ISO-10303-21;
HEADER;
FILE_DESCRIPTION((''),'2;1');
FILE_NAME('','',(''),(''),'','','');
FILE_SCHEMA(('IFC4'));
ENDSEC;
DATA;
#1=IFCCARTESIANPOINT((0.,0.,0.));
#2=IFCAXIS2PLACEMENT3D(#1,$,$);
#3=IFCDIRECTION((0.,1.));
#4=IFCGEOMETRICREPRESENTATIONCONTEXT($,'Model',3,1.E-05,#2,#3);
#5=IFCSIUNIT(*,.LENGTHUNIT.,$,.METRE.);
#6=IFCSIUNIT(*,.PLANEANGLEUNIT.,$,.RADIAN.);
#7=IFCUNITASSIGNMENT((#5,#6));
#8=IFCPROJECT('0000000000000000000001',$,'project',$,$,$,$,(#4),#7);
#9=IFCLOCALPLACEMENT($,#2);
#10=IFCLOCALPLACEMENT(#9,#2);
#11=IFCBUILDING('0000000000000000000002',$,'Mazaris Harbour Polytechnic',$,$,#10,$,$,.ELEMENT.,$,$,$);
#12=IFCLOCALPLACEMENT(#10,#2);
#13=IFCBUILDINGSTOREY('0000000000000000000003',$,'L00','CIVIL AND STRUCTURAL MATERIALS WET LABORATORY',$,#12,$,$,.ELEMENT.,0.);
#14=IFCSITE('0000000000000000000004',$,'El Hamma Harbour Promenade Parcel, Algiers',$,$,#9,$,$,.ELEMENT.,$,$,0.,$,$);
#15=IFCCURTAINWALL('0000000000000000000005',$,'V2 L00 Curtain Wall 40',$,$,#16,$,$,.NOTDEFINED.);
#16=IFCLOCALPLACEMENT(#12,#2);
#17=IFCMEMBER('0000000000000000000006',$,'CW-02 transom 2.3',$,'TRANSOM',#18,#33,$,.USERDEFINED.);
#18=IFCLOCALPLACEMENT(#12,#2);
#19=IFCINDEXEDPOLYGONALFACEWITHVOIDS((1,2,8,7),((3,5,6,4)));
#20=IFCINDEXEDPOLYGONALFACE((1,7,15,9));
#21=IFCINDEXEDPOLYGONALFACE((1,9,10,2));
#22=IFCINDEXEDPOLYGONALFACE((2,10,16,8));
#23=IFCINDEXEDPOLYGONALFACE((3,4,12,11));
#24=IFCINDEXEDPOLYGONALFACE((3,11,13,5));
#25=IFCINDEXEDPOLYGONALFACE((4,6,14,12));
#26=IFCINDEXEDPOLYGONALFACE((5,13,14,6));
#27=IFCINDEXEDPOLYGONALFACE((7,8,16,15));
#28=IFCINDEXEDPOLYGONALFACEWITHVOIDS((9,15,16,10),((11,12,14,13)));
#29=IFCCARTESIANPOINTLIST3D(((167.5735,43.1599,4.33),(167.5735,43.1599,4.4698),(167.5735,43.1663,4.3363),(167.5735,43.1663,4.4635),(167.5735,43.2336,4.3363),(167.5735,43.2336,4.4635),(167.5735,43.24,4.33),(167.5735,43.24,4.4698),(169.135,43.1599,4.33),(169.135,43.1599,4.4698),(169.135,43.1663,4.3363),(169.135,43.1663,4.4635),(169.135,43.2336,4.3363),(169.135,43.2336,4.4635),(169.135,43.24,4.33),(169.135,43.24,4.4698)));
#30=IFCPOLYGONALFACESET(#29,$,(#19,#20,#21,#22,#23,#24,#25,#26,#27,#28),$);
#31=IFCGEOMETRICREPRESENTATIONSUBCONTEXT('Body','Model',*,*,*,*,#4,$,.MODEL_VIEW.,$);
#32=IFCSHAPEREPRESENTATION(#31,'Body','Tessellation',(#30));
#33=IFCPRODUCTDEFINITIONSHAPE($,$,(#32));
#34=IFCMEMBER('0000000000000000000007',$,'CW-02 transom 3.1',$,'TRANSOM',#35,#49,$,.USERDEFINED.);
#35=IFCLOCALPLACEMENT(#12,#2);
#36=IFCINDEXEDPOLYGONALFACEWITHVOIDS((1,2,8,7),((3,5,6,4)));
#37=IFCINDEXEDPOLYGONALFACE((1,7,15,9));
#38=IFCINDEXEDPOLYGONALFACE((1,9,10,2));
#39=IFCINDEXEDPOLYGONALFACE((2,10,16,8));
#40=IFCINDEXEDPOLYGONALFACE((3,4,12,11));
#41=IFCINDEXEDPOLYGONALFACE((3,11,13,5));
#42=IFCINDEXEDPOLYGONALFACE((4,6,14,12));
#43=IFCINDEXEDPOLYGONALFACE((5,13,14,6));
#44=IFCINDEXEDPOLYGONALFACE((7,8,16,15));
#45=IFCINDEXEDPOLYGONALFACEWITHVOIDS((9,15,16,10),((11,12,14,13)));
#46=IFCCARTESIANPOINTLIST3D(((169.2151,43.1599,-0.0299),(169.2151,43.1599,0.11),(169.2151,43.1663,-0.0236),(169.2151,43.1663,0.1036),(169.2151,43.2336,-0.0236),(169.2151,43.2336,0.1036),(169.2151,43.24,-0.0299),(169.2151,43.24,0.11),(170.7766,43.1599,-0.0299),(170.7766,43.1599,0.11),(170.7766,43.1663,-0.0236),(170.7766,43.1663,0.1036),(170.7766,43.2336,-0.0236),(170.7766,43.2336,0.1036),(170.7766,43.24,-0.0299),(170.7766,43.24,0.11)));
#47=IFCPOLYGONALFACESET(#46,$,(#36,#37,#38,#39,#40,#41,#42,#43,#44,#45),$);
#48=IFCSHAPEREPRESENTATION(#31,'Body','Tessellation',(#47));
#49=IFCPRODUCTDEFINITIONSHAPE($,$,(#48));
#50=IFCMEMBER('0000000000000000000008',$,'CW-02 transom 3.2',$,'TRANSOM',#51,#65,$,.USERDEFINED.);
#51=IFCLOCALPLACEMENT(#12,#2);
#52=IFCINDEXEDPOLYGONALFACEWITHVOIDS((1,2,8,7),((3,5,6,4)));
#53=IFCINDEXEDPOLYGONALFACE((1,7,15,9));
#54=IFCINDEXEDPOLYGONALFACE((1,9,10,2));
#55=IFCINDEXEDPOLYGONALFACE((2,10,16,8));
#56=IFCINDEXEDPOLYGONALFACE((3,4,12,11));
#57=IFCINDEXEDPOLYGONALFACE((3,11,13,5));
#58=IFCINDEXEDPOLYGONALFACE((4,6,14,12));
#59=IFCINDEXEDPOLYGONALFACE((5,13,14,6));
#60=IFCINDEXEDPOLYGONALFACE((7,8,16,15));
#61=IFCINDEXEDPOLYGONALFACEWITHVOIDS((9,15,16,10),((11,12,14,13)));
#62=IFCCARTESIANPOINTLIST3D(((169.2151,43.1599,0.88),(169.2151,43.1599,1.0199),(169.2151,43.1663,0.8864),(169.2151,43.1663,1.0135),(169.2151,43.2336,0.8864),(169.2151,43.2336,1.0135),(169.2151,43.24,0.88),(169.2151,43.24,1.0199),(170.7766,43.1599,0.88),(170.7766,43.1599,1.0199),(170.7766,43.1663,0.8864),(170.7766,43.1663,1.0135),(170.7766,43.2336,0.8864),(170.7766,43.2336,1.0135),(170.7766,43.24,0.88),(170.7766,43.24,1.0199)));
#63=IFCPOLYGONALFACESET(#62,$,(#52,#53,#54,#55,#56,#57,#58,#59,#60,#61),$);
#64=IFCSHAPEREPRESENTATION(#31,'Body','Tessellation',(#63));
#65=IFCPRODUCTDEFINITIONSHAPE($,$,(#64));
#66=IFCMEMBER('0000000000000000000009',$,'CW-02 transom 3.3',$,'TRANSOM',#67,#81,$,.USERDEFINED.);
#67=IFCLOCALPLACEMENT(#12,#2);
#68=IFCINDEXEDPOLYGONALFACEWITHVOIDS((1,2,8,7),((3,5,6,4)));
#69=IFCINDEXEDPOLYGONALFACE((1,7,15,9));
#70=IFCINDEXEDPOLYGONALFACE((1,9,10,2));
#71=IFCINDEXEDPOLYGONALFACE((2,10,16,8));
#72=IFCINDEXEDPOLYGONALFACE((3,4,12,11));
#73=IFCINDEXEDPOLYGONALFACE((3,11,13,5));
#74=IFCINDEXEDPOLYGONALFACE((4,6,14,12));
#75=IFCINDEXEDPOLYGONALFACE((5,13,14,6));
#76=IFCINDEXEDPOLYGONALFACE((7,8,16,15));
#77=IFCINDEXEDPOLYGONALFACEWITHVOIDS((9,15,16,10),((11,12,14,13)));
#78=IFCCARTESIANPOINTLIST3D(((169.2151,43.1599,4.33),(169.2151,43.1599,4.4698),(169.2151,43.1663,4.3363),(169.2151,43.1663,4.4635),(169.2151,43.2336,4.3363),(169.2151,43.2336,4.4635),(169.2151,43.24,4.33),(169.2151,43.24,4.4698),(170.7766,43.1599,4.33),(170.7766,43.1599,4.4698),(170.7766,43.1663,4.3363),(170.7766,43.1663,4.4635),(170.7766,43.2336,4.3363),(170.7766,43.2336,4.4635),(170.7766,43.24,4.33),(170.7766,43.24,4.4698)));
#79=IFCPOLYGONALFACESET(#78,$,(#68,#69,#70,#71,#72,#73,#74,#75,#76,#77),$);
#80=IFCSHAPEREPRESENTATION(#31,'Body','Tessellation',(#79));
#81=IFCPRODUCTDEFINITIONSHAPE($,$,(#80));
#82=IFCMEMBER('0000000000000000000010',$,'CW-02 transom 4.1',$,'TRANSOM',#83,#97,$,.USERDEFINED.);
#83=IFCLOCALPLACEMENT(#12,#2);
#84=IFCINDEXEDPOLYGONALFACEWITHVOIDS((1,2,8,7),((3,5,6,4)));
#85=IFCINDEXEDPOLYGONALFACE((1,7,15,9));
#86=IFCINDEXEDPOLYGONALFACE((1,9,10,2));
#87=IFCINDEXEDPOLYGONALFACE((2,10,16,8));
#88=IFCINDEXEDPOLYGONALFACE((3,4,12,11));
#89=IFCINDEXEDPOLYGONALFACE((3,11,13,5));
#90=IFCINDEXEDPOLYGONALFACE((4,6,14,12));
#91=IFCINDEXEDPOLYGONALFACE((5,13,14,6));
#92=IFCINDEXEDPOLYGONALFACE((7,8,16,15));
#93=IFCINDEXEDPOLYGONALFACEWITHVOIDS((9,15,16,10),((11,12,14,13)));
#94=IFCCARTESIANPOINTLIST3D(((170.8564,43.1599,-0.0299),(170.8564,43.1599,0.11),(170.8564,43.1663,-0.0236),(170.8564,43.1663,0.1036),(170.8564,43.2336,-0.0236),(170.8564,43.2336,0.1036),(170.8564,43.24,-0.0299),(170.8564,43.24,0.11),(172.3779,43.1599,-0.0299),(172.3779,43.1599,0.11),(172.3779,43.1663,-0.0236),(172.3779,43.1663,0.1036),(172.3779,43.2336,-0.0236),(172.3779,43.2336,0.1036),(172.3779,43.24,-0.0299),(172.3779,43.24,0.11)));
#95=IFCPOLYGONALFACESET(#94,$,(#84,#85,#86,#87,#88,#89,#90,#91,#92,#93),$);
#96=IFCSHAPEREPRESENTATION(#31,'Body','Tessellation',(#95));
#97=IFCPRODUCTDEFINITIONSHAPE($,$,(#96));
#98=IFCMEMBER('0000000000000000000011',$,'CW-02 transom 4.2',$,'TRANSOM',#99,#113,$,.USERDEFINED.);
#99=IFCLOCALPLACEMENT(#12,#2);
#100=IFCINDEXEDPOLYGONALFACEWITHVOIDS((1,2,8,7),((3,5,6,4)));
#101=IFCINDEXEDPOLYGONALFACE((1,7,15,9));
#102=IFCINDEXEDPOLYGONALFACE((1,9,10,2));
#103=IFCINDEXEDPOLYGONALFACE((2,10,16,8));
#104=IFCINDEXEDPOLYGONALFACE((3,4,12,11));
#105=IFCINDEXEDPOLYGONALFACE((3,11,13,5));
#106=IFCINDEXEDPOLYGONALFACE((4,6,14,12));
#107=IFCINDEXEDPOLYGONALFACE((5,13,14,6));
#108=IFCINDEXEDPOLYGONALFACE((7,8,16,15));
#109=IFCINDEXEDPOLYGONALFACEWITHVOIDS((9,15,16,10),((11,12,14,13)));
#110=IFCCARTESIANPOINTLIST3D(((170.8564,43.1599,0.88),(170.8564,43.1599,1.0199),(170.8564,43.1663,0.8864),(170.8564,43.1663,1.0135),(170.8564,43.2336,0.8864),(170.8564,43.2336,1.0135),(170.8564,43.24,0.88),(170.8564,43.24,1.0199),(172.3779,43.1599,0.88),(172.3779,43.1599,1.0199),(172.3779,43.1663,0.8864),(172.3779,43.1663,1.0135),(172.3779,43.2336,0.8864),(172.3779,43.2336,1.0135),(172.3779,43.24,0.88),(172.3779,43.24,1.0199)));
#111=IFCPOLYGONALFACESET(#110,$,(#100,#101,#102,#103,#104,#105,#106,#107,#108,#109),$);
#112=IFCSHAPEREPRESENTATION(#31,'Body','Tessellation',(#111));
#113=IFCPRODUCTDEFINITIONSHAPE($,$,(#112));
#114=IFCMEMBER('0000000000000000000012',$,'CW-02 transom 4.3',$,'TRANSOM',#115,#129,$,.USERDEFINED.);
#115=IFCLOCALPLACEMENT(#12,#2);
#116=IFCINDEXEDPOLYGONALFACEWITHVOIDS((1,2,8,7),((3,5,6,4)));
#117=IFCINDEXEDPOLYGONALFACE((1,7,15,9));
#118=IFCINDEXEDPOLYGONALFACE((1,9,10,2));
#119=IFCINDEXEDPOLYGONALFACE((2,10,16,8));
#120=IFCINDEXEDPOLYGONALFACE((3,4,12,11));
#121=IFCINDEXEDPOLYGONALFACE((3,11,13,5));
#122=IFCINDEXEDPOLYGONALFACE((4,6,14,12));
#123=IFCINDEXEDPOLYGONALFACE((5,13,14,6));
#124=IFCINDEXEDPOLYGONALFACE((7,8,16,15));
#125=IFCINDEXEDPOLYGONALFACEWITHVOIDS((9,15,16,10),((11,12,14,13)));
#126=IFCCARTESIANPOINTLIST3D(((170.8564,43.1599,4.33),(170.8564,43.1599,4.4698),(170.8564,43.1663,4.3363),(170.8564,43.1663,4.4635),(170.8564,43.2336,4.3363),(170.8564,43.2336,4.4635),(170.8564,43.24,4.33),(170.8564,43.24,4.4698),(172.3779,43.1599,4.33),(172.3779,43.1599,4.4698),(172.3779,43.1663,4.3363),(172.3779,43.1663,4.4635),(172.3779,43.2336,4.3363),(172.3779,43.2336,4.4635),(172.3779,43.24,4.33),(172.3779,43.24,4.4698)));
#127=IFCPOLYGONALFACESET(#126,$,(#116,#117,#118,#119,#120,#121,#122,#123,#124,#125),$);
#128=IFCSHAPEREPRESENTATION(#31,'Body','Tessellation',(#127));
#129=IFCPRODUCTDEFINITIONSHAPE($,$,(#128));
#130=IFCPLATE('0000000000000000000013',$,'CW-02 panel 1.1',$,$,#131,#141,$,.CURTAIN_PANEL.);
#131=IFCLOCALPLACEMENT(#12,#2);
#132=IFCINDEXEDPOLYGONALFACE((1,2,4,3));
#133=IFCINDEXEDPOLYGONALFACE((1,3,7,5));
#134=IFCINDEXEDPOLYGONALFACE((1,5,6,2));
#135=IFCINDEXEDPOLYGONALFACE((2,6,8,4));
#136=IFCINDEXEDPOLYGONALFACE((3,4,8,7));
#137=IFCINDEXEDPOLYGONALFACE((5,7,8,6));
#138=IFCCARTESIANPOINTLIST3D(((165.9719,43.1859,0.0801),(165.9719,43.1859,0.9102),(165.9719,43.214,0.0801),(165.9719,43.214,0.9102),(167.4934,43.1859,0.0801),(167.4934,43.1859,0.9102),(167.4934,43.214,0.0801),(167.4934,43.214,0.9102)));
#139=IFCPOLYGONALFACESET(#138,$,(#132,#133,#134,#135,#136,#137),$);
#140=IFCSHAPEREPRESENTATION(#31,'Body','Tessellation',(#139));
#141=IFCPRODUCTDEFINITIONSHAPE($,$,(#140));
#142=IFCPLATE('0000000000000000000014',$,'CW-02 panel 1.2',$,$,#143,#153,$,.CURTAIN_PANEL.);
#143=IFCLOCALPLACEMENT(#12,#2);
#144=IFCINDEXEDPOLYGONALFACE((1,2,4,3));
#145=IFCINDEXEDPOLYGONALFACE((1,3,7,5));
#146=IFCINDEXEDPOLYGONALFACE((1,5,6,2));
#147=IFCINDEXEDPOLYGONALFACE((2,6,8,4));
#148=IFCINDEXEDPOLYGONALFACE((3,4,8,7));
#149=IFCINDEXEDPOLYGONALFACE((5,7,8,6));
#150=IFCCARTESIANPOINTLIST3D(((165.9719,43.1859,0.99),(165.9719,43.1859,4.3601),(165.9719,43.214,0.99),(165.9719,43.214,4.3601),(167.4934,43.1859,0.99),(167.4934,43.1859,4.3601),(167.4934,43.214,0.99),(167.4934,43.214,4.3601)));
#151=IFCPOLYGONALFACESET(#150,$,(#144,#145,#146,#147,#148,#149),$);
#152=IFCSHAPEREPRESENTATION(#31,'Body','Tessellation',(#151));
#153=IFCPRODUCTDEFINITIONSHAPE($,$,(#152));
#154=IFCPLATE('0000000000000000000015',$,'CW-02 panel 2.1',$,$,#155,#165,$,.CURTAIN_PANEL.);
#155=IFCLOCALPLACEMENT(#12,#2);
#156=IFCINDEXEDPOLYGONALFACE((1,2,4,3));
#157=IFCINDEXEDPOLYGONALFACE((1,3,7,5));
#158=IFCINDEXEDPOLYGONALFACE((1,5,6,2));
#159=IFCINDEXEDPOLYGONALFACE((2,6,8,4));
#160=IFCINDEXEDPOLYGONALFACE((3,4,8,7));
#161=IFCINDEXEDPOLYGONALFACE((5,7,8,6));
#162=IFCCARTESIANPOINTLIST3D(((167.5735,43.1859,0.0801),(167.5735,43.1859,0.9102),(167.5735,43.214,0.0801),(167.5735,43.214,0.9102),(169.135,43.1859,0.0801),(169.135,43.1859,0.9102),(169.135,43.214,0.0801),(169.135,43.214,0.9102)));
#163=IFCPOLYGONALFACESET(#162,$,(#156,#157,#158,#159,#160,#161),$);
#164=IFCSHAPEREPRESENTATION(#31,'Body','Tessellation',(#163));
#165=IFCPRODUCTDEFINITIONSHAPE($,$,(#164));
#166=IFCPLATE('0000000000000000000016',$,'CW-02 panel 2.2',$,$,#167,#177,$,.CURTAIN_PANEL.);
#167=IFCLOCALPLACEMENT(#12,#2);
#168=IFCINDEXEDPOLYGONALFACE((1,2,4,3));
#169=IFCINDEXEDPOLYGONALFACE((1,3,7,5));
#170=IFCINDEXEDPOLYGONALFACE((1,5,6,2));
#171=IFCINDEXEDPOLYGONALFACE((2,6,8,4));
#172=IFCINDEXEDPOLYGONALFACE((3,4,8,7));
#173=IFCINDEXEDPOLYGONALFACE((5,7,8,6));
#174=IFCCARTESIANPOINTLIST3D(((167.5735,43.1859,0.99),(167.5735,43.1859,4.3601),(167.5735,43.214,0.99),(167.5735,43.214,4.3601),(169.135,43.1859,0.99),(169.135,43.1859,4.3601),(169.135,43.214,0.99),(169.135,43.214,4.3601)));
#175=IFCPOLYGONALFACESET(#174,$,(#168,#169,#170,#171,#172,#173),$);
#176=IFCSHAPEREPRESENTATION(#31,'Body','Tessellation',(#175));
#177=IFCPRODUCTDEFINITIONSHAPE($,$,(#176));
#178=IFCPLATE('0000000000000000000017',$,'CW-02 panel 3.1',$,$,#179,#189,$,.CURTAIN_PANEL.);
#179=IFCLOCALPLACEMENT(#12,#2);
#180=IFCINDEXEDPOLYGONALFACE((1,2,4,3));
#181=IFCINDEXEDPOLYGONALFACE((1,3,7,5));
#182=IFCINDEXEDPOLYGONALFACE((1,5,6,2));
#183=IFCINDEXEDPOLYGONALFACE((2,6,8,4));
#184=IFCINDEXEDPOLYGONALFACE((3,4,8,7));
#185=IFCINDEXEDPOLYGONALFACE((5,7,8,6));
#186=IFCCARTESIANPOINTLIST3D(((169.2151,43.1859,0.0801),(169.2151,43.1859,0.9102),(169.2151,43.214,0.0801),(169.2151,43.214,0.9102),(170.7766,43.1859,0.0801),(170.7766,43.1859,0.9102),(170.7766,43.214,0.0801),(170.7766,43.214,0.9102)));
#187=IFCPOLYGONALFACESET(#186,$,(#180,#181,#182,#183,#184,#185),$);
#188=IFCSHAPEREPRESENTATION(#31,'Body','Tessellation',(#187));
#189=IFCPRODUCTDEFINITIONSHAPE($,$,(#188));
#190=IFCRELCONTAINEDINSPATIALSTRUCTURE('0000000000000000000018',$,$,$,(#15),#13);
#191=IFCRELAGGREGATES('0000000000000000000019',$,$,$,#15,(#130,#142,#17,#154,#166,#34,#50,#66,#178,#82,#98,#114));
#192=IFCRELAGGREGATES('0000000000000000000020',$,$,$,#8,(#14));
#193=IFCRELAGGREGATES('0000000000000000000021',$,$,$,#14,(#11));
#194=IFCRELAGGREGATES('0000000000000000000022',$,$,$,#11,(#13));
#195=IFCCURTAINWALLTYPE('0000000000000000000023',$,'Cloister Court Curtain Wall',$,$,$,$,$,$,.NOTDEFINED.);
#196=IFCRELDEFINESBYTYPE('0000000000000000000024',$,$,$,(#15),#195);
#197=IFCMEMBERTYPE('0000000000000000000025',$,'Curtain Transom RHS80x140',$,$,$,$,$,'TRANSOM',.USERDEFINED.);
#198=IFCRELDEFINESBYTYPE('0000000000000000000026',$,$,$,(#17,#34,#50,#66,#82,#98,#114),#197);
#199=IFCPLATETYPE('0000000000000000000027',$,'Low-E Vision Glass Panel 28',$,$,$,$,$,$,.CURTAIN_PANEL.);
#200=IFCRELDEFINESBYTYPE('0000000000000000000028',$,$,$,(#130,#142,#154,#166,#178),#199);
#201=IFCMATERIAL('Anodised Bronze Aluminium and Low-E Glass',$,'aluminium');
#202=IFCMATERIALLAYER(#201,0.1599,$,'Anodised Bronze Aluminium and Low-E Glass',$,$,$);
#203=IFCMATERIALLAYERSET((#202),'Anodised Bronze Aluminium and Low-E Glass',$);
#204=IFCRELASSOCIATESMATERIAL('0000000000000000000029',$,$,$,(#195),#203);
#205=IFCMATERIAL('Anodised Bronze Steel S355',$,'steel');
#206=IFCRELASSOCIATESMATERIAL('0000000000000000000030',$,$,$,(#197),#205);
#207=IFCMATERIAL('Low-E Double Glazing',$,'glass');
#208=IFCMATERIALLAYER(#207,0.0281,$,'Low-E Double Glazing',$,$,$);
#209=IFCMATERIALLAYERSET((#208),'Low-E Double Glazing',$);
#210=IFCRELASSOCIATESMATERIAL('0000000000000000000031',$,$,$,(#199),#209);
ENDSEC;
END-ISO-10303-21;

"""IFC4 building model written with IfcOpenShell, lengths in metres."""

from ifc_helpers import new_model, si_unit, direction, frame, origin, origin_2d, place, context, subcontext, project, spatial, rectangle, hollow_rectangle, extrude, material, layer, layer_set, material_profile, profile_set, type_object, element, aggregate, save


model = new_model("IFC4")

# Units and contexts
model_context = context("Model", 3, precision=1e-05, world=origin(), true_north=direction((0.0, 1.0)))
body_context = subcontext(model_context, "Body", "Model", "MODEL_VIEW")
ifc_project = project(units=[si_unit("LENGTHUNIT", "METRE"), si_unit("PLANEANGLEUNIT", "RADIAN")], contexts=[model_context])

# Site, building, storey
site_placement = place(None, origin())
site = spatial("IfcSite", under=ifc_project, at=site_placement, Name="El Hamma Harbour Promenade Parcel, Algiers", CompositionType="ELEMENT", RefElevation=0.0)
building_placement = place(site_placement, origin())
building = spatial("IfcBuilding", under=site, at=building_placement, Name="Mazaris Harbour Polytechnic", CompositionType="ELEMENT")
storey_placement = place(building_placement, origin())
storey = spatial("IfcBuildingStorey", under=building, at=storey_placement, Name="L00", Description="CIVIL AND STRUCTURAL MATERIALS WET LABORATORY", CompositionType="ELEMENT", Elevation=0.0)

# Curtain wall, members, plates
ifc_material_1 = material(Name="Anodised Bronze Aluminium and Low-E Glass", Category="aluminium")
ifc_layer_1 = layer(ifc_material_1, 0.1599, Name="Anodised Bronze Aluminium and Low-E Glass")
ifc_layer_set_1 = layer_set([ifc_layer_1], Name="Anodised Bronze Aluminium and Low-E Glass")
curtain_wall_type = type_object("IfcCurtainWallType", Name="Cloister Court Curtain Wall", PredefinedType="NOTDEFINED", material=ifc_layer_set_1)
curtain_wall_placement = place(storey_placement, origin())
curtain_wall = element("IfcCurtainWall", 1, at=curtain_wall_placement, inside=storey, type_object=curtain_wall_type, Name="V2 L00 Curtain Wall 40", PredefinedType="NOTDEFINED")
ifc_material_2 = material(Name="Anodised Bronze Steel S355", Category="steel")
ifc_material_profile_1 = material_profile(ifc_material_2, hollow_rectangle(XDim=0.0801, YDim=0.1399, WallThickness=0.0063, at=origin_2d()), Name="RHS 80x140x6.3")
ifc_profile_set_1 = profile_set([ifc_material_profile_1], Name="Anodised Bronze Steel S355")
member_type_1 = type_object("IfcMemberType", Name="Curtain Transom RHS80x140", ElementType="TRANSOM", PredefinedType="USERDEFINED", material=ifc_profile_set_1)
member_1_placement = place(storey_placement, frame((167.5735, 43.2, 4.3999), z_axis=(1.0, 0.0, 0.0), x_axis=(0.0, 1.0, 0.0)))
member_1 = element("IfcMember", 2, at=member_1_placement, type_object=member_type_1, Name="CW-02 transom 2.3", ObjectType="TRANSOM", PredefinedType="USERDEFINED", context=body_context, shape_type="SweptSolid", body=[
    extrude(hollow_rectangle(XDim=0.0801, YDim=0.1399, WallThickness=0.0063, at=origin_2d()), origin(), (0.0, 0.0, 1.0), 1.5615),
])
member_2_placement = place(storey_placement, frame((169.2151, 43.2, 0.04), z_axis=(1.0, 0.0, 0.0), x_axis=(0.0, 1.0, 0.0)))
member_2 = element("IfcMember", 3, at=member_2_placement, type_object=member_type_1, Name="CW-02 transom 3.1", ObjectType="TRANSOM", PredefinedType="USERDEFINED", context=body_context, shape_type="SweptSolid", body=[
    extrude(hollow_rectangle(XDim=0.0801, YDim=0.1399, WallThickness=0.0063, at=origin_2d()), origin(), (0.0, 0.0, 1.0), 1.5615),
])
member_3_placement = place(storey_placement, frame((169.2151, 43.2, 0.95), z_axis=(1.0, 0.0, 0.0), x_axis=(0.0, 1.0, 0.0)))
member_3 = element("IfcMember", 4, at=member_3_placement, type_object=member_type_1, Name="CW-02 transom 3.2", ObjectType="TRANSOM", PredefinedType="USERDEFINED", context=body_context, shape_type="SweptSolid", body=[
    extrude(hollow_rectangle(XDim=0.0801, YDim=0.1399, WallThickness=0.0063, at=origin_2d()), origin(), (0.0, 0.0, 1.0), 1.5615),
])
member_4_placement = place(storey_placement, frame((169.2151, 43.2, 4.3999), z_axis=(1.0, 0.0, 0.0), x_axis=(0.0, 1.0, 0.0)))
member_4 = element("IfcMember", 5, at=member_4_placement, type_object=member_type_1, Name="CW-02 transom 3.3", ObjectType="TRANSOM", PredefinedType="USERDEFINED", context=body_context, shape_type="SweptSolid", body=[
    extrude(hollow_rectangle(XDim=0.0801, YDim=0.1399, WallThickness=0.0063, at=origin_2d()), origin(), (0.0, 0.0, 1.0), 1.5615),
])
member_5_placement = place(storey_placement, frame((170.8564, 43.2, 0.04), z_axis=(1.0, 0.0, 0.0), x_axis=(0.0, 1.0, 0.0)))
member_5 = element("IfcMember", 6, at=member_5_placement, type_object=member_type_1, Name="CW-02 transom 4.1", ObjectType="TRANSOM", PredefinedType="USERDEFINED", context=body_context, shape_type="SweptSolid", body=[
    extrude(hollow_rectangle(XDim=0.0801, YDim=0.1399, WallThickness=0.0063, at=origin_2d()), origin(), (0.0, 0.0, 1.0), 1.5215),
])
member_6_placement = place(storey_placement, frame((170.8564, 43.2, 0.95), z_axis=(1.0, 0.0, 0.0), x_axis=(0.0, 1.0, 0.0)))
member_6 = element("IfcMember", 7, at=member_6_placement, type_object=member_type_1, Name="CW-02 transom 4.2", ObjectType="TRANSOM", PredefinedType="USERDEFINED", context=body_context, shape_type="SweptSolid", body=[
    extrude(hollow_rectangle(XDim=0.0801, YDim=0.1399, WallThickness=0.0063, at=origin_2d()), origin(), (0.0, 0.0, 1.0), 1.5215),
])
member_7_placement = place(storey_placement, frame((170.8564, 43.2, 4.3999), z_axis=(1.0, 0.0, 0.0), x_axis=(0.0, 1.0, 0.0)))
member_7 = element("IfcMember", 8, at=member_7_placement, type_object=member_type_1, Name="CW-02 transom 4.3", ObjectType="TRANSOM", PredefinedType="USERDEFINED", context=body_context, shape_type="SweptSolid", body=[
    extrude(hollow_rectangle(XDim=0.0801, YDim=0.1399, WallThickness=0.0063, at=origin_2d()), origin(), (0.0, 0.0, 1.0), 1.5215),
])
ifc_material_3 = material(Name="Low-E Double Glazing", Category="glass")
ifc_layer_2 = layer(ifc_material_3, 0.0281, Name="Low-E Double Glazing")
ifc_layer_set_2 = layer_set([ifc_layer_2], Name="Low-E Double Glazing")
plate_type = type_object("IfcPlateType", Name="Low-E Vision Glass Panel 28", PredefinedType="CURTAIN_PANEL", material=ifc_layer_set_2)
plate_1_placement = place(storey_placement, frame((166.7327, 43.2, 0.0801), z_axis=(0.0, 0.0, 1.0), x_axis=(1.0, 0.0, 0.0)))
plate_1 = element("IfcPlate", 9, at=plate_1_placement, type_object=plate_type, Name="CW-02 panel 1.1", PredefinedType="CURTAIN_PANEL", context=body_context, shape_type="SweptSolid", body=[
    extrude(rectangle(XDim=1.5215, YDim=0.0281, at=origin_2d()), origin(), (0.0, 0.0, 1.0), 0.8301),
])
plate_2_placement = place(storey_placement, frame((166.7327, 43.2, 0.99), z_axis=(0.0, 0.0, 1.0), x_axis=(1.0, 0.0, 0.0)))
plate_2 = element("IfcPlate", 10, at=plate_2_placement, type_object=plate_type, Name="CW-02 panel 1.2", PredefinedType="CURTAIN_PANEL", context=body_context, shape_type="SweptSolid", body=[
    extrude(rectangle(XDim=1.5215, YDim=0.0281, at=origin_2d()), origin(), (0.0, 0.0, 1.0), 3.3701),
])
plate_3_placement = place(storey_placement, frame((168.3542, 43.2, 0.0801), z_axis=(0.0, 0.0, 1.0), x_axis=(1.0, 0.0, 0.0)))
plate_3 = element("IfcPlate", 11, at=plate_3_placement, type_object=plate_type, Name="CW-02 panel 2.1", PredefinedType="CURTAIN_PANEL", context=body_context, shape_type="SweptSolid", body=[
    extrude(rectangle(XDim=1.5615, YDim=0.0281, at=origin_2d()), origin(), (0.0, 0.0, 1.0), 0.8301),
])
plate_4_placement = place(storey_placement, frame((168.3542, 43.2, 0.99), z_axis=(0.0, 0.0, 1.0), x_axis=(1.0, 0.0, 0.0)))
plate_4 = element("IfcPlate", 12, at=plate_4_placement, type_object=plate_type, Name="CW-02 panel 2.2", PredefinedType="CURTAIN_PANEL", context=body_context, shape_type="SweptSolid", body=[
    extrude(rectangle(XDim=1.5615, YDim=0.0281, at=origin_2d()), origin(), (0.0, 0.0, 1.0), 3.3701),
])
plate_5_placement = place(storey_placement, frame((169.9958, 43.2, 0.0801), z_axis=(0.0, 0.0, 1.0), x_axis=(1.0, 0.0, 0.0)))
plate_5 = element("IfcPlate", 13, at=plate_5_placement, type_object=plate_type, Name="CW-02 panel 3.1", PredefinedType="CURTAIN_PANEL", context=body_context, shape_type="SweptSolid", body=[
    extrude(rectangle(XDim=1.5615, YDim=0.0281, at=origin_2d()), origin(), (0.0, 0.0, 1.0), 0.8301),
])
aggregate(curtain_wall, [plate_1, plate_2, member_1, plate_3, plate_4, member_2, member_3, member_4, plate_5, member_5, member_6, member_7])

save(model, "model.ifc")
